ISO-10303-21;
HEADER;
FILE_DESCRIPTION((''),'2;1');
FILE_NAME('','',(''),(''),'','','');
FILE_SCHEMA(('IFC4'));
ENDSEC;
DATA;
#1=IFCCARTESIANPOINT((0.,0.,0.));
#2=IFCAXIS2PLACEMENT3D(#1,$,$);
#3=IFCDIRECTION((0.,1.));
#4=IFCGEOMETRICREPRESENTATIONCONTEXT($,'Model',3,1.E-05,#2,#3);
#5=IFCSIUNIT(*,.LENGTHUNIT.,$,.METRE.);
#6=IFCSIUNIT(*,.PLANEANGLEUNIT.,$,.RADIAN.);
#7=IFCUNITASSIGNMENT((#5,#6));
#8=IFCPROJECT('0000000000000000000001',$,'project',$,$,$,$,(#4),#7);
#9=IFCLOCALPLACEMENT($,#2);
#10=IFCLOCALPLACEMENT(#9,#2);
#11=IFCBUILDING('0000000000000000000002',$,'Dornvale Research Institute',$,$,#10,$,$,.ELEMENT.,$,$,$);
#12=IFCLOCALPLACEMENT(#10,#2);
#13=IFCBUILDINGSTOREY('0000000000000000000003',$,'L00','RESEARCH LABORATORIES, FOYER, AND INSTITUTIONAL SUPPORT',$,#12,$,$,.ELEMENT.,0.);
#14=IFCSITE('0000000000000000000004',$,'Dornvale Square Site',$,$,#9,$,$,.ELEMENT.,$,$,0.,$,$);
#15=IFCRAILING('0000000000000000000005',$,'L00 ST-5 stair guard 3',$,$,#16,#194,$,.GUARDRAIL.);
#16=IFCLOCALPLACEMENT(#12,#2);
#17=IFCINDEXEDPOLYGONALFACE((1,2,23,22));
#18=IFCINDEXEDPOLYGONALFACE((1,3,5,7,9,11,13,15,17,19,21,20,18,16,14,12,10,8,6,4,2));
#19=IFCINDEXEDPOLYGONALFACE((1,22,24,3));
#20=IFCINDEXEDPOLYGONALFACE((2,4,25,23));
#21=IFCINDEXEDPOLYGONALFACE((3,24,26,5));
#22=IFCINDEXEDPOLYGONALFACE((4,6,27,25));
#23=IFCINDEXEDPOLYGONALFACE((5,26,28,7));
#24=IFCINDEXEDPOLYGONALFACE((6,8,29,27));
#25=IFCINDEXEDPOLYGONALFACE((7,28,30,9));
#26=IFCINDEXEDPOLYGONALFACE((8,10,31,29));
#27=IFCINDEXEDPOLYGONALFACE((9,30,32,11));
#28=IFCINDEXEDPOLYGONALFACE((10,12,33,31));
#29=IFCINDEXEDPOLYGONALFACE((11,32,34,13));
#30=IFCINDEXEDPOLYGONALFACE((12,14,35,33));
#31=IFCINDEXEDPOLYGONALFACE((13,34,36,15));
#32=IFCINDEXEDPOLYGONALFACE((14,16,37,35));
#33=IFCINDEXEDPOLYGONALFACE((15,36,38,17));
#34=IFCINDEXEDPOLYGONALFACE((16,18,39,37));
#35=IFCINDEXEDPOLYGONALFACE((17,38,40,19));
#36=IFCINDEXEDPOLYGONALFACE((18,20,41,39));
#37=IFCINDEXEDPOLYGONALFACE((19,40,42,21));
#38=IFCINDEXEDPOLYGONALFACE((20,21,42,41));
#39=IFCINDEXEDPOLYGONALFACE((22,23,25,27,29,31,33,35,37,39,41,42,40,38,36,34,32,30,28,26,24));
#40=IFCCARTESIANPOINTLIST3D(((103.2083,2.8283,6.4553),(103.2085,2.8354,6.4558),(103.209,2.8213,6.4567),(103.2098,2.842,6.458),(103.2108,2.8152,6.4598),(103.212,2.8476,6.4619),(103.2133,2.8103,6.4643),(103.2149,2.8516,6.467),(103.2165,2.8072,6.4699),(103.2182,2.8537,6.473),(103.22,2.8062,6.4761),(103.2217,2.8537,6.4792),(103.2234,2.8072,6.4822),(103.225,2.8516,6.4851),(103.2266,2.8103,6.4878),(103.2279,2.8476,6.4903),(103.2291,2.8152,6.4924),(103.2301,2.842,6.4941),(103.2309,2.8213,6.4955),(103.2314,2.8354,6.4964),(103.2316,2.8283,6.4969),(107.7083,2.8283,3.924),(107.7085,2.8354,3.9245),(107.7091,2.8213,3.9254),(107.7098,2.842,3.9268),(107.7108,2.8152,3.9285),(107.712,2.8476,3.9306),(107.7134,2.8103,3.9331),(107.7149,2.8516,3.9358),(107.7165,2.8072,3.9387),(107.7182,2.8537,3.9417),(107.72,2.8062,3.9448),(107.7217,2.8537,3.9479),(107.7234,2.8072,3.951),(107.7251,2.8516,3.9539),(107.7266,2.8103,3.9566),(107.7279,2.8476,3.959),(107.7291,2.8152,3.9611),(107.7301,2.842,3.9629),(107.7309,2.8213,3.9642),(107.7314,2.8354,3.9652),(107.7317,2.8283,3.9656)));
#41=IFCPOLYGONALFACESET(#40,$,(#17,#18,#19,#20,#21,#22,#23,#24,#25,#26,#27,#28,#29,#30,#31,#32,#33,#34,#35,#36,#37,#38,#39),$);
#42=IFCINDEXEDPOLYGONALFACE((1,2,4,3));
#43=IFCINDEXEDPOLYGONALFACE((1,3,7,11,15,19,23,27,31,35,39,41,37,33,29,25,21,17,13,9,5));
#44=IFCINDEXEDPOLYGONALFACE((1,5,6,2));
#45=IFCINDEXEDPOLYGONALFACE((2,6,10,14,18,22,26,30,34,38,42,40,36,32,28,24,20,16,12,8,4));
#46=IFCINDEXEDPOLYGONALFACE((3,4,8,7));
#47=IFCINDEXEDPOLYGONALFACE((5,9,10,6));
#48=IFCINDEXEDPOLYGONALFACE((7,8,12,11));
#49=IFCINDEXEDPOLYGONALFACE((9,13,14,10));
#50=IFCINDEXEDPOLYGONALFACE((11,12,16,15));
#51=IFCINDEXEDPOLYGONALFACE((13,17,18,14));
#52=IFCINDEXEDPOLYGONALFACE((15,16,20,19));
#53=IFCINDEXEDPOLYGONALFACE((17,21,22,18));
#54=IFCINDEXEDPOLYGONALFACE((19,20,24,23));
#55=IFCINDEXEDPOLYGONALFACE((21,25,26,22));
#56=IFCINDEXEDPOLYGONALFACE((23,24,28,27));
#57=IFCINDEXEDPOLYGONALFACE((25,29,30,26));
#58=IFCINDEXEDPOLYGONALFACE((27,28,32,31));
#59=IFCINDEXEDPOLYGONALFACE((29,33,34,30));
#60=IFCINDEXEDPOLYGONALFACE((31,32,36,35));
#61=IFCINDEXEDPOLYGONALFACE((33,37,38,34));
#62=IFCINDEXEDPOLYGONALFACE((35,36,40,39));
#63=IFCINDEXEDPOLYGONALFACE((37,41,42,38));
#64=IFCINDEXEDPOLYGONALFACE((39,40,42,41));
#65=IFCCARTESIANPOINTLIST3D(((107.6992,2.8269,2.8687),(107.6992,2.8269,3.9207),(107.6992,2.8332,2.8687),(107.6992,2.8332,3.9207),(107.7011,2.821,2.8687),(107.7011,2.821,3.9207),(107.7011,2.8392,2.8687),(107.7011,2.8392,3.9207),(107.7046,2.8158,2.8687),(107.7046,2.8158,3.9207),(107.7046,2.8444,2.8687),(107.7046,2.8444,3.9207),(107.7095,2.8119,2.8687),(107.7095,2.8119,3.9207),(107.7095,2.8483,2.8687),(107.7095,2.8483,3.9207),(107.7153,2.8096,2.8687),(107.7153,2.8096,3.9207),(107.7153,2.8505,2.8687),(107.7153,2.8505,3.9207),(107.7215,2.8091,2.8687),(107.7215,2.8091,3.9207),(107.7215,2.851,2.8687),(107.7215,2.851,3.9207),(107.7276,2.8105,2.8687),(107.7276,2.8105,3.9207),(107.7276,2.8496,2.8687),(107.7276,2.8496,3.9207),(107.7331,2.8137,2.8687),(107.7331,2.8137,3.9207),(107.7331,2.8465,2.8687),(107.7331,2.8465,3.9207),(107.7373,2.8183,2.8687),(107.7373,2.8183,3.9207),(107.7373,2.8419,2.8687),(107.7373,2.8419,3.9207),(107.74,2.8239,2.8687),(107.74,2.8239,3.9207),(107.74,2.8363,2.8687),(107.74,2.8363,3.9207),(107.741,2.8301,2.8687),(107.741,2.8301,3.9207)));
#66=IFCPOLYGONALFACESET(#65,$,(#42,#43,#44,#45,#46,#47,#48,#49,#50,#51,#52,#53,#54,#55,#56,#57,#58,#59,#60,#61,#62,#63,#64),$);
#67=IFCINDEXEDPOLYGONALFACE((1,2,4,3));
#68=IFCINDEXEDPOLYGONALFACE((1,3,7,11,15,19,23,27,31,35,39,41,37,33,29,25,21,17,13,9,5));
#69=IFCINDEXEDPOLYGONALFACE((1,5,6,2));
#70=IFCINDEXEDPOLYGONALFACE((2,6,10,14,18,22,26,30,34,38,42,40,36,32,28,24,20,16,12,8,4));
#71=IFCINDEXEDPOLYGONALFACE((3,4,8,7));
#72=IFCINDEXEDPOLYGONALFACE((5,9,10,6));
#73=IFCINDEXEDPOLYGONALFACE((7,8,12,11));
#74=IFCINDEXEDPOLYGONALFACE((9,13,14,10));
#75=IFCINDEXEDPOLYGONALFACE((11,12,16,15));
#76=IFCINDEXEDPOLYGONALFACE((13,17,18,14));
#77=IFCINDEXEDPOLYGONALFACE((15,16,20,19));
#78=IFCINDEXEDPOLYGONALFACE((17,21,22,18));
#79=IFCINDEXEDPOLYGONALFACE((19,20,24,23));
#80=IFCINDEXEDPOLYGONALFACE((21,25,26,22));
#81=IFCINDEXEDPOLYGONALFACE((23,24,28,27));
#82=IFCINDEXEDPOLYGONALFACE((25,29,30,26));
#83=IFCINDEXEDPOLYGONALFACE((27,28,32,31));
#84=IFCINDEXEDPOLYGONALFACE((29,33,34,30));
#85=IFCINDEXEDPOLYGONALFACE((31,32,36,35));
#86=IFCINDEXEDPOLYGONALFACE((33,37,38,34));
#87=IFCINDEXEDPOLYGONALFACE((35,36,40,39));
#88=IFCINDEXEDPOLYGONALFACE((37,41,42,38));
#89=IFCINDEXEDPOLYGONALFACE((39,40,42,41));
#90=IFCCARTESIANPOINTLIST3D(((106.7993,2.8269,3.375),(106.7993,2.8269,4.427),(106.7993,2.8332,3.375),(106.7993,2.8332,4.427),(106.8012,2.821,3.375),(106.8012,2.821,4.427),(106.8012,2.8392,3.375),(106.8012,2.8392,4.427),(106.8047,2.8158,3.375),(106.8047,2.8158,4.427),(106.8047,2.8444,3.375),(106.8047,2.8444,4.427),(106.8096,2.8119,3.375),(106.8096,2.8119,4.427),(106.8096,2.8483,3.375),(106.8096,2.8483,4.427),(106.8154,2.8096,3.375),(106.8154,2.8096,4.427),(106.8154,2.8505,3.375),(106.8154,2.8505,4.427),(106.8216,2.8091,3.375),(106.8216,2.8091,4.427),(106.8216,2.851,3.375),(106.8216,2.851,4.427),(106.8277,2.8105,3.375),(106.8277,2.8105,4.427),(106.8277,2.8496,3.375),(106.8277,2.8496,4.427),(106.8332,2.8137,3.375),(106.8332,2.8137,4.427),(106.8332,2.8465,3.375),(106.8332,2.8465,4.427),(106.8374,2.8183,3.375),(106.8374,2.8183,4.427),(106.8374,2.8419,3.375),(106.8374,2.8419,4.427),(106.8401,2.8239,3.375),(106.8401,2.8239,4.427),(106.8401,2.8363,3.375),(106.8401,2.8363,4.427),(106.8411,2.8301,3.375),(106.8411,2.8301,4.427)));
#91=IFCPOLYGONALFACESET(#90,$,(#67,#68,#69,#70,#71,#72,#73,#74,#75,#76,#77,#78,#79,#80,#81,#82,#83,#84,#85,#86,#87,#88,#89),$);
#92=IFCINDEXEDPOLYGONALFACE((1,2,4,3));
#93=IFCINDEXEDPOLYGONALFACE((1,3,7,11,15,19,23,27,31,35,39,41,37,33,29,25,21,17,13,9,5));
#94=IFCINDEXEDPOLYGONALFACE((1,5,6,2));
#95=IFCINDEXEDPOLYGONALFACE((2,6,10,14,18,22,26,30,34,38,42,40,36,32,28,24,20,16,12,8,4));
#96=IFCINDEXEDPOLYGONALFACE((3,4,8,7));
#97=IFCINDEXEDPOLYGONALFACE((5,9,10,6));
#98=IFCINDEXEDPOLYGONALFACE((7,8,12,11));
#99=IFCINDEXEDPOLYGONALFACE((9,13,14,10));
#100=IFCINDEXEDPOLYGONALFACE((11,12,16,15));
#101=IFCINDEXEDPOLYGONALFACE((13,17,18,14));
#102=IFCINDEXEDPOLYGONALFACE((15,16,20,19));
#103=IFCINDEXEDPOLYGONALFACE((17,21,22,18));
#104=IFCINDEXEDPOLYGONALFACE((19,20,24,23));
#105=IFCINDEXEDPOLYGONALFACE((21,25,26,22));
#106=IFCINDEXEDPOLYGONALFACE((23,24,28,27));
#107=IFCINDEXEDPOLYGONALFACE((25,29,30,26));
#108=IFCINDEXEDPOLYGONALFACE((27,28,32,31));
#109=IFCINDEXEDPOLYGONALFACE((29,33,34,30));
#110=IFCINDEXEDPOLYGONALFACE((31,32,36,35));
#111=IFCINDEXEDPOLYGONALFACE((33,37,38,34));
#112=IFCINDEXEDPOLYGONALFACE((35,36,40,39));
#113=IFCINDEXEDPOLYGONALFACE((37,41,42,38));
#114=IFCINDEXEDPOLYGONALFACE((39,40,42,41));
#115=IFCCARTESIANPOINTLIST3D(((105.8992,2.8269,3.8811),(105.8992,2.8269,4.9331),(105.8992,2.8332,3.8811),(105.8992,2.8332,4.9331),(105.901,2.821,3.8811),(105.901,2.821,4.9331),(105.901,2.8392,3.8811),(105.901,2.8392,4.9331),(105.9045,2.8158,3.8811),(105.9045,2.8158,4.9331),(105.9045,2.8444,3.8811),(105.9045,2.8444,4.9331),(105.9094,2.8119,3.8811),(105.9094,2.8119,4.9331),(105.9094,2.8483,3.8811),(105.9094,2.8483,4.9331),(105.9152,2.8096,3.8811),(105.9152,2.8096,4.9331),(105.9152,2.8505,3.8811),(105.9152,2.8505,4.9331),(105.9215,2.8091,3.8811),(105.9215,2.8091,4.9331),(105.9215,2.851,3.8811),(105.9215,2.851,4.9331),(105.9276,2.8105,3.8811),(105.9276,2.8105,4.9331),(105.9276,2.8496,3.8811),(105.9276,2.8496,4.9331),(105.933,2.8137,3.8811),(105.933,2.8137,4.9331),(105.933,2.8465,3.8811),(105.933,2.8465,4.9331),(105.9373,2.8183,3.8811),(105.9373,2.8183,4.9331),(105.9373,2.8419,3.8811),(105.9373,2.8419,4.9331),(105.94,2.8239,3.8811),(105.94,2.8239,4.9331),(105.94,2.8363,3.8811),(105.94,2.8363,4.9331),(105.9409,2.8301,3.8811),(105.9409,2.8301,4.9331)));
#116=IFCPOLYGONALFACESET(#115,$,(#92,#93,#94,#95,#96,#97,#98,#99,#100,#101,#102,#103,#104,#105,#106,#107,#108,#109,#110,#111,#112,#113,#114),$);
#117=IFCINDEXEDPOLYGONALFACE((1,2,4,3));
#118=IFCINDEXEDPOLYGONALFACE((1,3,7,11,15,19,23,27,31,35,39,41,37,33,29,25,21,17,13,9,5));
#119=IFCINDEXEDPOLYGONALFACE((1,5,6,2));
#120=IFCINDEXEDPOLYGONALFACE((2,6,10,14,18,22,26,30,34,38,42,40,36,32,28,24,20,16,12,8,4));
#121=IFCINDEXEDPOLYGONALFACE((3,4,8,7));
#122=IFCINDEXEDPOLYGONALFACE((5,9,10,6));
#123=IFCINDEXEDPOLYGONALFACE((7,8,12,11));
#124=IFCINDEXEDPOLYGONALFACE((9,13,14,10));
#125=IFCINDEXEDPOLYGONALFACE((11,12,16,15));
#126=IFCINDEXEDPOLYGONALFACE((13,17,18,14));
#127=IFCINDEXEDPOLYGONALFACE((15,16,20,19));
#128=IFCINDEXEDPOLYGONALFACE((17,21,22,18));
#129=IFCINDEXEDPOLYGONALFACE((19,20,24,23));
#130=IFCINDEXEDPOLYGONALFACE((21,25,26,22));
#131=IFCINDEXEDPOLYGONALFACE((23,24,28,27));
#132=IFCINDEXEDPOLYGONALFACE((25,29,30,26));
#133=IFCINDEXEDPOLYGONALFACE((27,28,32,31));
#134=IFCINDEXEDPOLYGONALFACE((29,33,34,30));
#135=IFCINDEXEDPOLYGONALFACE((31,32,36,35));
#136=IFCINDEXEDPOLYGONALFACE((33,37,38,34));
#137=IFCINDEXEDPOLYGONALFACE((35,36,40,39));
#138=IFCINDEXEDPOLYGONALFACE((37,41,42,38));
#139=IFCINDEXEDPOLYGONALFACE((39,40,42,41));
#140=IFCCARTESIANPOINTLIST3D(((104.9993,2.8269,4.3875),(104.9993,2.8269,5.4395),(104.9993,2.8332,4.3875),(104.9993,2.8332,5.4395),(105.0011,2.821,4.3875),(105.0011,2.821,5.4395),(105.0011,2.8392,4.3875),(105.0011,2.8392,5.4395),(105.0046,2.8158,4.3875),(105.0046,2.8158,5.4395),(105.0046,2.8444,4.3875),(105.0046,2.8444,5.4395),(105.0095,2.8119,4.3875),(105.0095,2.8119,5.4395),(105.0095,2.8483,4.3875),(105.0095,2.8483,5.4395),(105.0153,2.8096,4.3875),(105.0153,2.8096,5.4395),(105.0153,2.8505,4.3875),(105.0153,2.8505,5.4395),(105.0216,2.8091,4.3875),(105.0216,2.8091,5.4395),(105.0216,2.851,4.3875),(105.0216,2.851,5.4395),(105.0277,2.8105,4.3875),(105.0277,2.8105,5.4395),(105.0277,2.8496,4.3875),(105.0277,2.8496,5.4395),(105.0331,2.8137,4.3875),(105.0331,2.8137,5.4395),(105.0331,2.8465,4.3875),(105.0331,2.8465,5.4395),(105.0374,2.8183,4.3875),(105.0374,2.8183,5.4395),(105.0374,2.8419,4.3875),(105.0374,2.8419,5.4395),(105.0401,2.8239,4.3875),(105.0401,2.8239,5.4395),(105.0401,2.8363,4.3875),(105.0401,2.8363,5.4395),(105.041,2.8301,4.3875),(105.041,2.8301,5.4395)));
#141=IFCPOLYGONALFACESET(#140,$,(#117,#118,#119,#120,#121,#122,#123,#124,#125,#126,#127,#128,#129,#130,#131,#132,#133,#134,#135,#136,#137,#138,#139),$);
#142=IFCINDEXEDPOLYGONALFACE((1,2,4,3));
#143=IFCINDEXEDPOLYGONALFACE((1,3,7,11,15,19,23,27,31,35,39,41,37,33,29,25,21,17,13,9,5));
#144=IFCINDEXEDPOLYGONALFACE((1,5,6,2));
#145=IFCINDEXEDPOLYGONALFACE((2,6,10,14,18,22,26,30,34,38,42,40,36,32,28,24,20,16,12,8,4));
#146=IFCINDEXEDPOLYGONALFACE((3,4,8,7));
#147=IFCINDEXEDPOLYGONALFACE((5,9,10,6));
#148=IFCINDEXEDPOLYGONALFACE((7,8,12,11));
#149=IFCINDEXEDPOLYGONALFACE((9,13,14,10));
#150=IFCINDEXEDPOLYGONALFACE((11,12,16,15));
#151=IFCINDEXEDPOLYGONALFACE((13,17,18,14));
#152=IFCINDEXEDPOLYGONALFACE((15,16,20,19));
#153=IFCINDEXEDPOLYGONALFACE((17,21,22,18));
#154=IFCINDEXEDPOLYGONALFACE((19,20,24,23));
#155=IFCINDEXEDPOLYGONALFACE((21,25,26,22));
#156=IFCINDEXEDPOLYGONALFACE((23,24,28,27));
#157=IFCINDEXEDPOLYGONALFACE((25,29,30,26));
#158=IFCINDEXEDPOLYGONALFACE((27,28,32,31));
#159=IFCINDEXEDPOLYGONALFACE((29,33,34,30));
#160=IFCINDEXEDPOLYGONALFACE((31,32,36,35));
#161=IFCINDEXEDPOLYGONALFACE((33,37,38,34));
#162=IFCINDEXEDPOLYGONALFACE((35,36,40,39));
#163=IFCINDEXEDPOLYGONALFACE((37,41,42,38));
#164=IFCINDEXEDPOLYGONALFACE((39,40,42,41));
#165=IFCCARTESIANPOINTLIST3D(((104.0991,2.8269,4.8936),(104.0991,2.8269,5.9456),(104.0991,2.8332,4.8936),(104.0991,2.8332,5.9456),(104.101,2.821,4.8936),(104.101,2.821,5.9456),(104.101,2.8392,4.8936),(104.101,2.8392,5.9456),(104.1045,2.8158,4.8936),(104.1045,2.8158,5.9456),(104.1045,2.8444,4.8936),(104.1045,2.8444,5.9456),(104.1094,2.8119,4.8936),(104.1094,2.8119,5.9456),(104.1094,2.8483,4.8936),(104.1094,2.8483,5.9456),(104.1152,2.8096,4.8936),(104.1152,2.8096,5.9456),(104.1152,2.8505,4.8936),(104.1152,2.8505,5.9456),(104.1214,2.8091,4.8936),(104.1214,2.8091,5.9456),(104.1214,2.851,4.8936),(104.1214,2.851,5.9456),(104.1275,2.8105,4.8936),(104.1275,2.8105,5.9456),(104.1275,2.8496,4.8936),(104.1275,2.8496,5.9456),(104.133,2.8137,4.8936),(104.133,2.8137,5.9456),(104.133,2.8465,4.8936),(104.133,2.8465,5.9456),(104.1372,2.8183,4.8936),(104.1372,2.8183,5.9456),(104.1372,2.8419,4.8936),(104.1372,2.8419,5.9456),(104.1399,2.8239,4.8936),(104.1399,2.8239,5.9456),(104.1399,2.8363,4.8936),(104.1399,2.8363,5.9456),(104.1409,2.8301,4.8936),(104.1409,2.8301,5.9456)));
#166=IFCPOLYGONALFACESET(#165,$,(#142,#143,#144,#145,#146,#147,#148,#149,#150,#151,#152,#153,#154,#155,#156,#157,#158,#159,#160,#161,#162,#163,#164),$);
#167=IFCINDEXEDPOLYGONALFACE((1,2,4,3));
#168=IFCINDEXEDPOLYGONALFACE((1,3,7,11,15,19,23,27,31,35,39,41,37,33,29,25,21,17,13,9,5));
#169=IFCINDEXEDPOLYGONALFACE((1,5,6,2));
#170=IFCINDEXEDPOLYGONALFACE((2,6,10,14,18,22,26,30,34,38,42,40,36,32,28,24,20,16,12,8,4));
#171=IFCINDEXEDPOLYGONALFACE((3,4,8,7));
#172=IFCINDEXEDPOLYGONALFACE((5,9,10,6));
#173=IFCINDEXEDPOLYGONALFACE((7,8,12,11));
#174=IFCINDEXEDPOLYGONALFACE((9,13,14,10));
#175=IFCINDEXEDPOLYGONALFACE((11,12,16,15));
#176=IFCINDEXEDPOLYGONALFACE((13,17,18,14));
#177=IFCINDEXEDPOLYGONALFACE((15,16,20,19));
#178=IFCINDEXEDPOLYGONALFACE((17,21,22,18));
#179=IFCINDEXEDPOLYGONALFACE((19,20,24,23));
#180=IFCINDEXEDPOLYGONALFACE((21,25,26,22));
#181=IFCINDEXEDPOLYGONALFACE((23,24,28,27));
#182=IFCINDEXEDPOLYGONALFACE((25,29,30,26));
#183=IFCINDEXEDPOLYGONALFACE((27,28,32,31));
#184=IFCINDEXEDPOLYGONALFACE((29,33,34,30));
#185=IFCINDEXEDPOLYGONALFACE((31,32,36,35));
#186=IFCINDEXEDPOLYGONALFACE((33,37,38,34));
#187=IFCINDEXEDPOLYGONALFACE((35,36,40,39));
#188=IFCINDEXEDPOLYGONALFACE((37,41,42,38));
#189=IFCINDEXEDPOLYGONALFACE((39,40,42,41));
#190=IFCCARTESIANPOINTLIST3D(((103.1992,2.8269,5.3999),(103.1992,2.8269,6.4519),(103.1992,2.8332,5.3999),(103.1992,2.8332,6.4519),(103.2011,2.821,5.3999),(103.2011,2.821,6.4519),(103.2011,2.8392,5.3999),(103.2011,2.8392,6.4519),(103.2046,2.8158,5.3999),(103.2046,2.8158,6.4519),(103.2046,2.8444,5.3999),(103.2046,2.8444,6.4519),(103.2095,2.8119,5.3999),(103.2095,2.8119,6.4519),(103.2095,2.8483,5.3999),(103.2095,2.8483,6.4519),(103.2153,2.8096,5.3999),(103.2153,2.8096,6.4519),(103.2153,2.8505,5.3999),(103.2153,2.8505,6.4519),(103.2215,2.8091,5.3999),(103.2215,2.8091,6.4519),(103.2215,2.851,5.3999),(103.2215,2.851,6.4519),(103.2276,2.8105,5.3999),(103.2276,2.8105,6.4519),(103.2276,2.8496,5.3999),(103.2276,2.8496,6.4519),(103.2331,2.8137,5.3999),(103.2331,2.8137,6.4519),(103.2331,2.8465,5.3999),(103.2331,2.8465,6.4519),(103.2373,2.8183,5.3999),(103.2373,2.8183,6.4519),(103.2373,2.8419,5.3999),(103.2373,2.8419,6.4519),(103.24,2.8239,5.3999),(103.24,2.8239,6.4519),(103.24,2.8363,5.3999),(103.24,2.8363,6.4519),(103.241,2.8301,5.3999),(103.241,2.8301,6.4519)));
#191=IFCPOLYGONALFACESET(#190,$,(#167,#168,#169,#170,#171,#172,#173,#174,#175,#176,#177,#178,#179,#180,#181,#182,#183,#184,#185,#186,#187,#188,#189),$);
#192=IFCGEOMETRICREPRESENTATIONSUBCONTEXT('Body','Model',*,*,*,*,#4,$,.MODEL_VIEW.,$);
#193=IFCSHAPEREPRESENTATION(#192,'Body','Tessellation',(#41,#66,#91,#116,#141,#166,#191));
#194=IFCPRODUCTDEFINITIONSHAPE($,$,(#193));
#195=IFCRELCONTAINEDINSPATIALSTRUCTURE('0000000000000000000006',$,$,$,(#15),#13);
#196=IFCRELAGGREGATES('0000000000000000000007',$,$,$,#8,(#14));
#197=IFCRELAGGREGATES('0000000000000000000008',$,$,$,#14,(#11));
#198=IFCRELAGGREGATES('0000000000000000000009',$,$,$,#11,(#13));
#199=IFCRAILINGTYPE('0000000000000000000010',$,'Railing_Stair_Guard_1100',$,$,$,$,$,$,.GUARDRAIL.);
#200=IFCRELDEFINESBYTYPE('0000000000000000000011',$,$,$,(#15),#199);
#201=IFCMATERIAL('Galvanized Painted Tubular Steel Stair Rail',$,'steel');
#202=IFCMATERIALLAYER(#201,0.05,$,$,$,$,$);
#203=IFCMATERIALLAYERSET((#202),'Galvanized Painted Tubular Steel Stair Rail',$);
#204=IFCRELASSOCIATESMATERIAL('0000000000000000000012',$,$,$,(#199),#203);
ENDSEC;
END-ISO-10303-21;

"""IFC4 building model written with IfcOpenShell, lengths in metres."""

from ifc_helpers import new_model, si_unit, direction, frame, origin, origin_2d, place, context, subcontext, project, spatial, circle, extrude, material, layer, layer_set, type_object, element, save


model = new_model("IFC4")

# Units and contexts
model_context = context("Model", 3, precision=1e-05, world=origin(), true_north=direction((0.0, 1.0)))
body_context = subcontext(model_context, "Body", "Model", "MODEL_VIEW")
ifc_project = project(units=[si_unit("LENGTHUNIT", "METRE"), si_unit("PLANEANGLEUNIT", "RADIAN")], contexts=[model_context])

# Site, building, storey
site_placement = place(None, origin())
site = spatial("IfcSite", under=ifc_project, at=site_placement, Name="Dornvale Square Site", CompositionType="ELEMENT", RefElevation=0.0)
building_placement = place(site_placement, origin())
building = spatial("IfcBuilding", under=site, at=building_placement, Name="Dornvale Research Institute", CompositionType="ELEMENT")
storey_placement = place(building_placement, origin())
storey = spatial("IfcBuildingStorey", under=building, at=storey_placement, Name="L00", Description="RESEARCH LABORATORIES, FOYER, AND INSTITUTIONAL SUPPORT", CompositionType="ELEMENT", Elevation=0.0)

# Railing
ifc_material_1 = material(Name="Galvanized Painted Tubular Steel Stair Rail", Category="steel")
ifc_layer_1 = layer(ifc_material_1, 0.05)
ifc_layer_set_1 = layer_set([ifc_layer_1], Name="Galvanized Painted Tubular Steel Stair Rail")
railing_type_1 = type_object("IfcRailingType", Name="Railing_Stair_Guard_1100", PredefinedType="GUARDRAIL", material=ifc_layer_set_1)
railing_1_placement = place(storey_placement, frame((107.72, 2.8301, 2.8687)))
element("IfcRailing", 1, at=railing_1_placement, inside=storey, type_object=railing_type_1, Name="L00 ST-5 stair guard 3", PredefinedType="GUARDRAIL", context=body_context, shape_type="SweptSolid", body=[
    extrude(circle(Radius=0.0239, at=origin_2d()), frame((0.0, 0.0, 1.0762), z_axis=(-0.871576, 0.0, 0.490261), x_axis=(0.0, -1.0, 0.0)), (0.0, 0.0, 1.0), 5.1631),
    extrude(circle(Radius=0.021, at=origin_2d()), origin(), (0.0, 0.0, 1.0), 1.052),
    extrude(circle(Radius=0.021, at=origin_2d()), frame((-0.8999, 0.0, 0.5063)), (0.0, 0.0, 1.0), 1.052),
    extrude(circle(Radius=0.021, at=origin_2d()), frame((-1.8, 0.0, 1.0125)), (0.0, 0.0, 1.0), 1.052),
    extrude(circle(Radius=0.021, at=origin_2d()), frame((-2.7, 0.0, 1.5188)), (0.0, 0.0, 1.0), 1.052),
    extrude(circle(Radius=0.021, at=origin_2d()), frame((-3.6001, 0.0, 2.0249)), (0.0, 0.0, 1.0), 1.052),
    extrude(circle(Radius=0.021, at=origin_2d()), frame((-4.5, 0.0, 2.5312)), (0.0, 0.0, 1.0), 1.052),
])

save(model, "model.ifc")
